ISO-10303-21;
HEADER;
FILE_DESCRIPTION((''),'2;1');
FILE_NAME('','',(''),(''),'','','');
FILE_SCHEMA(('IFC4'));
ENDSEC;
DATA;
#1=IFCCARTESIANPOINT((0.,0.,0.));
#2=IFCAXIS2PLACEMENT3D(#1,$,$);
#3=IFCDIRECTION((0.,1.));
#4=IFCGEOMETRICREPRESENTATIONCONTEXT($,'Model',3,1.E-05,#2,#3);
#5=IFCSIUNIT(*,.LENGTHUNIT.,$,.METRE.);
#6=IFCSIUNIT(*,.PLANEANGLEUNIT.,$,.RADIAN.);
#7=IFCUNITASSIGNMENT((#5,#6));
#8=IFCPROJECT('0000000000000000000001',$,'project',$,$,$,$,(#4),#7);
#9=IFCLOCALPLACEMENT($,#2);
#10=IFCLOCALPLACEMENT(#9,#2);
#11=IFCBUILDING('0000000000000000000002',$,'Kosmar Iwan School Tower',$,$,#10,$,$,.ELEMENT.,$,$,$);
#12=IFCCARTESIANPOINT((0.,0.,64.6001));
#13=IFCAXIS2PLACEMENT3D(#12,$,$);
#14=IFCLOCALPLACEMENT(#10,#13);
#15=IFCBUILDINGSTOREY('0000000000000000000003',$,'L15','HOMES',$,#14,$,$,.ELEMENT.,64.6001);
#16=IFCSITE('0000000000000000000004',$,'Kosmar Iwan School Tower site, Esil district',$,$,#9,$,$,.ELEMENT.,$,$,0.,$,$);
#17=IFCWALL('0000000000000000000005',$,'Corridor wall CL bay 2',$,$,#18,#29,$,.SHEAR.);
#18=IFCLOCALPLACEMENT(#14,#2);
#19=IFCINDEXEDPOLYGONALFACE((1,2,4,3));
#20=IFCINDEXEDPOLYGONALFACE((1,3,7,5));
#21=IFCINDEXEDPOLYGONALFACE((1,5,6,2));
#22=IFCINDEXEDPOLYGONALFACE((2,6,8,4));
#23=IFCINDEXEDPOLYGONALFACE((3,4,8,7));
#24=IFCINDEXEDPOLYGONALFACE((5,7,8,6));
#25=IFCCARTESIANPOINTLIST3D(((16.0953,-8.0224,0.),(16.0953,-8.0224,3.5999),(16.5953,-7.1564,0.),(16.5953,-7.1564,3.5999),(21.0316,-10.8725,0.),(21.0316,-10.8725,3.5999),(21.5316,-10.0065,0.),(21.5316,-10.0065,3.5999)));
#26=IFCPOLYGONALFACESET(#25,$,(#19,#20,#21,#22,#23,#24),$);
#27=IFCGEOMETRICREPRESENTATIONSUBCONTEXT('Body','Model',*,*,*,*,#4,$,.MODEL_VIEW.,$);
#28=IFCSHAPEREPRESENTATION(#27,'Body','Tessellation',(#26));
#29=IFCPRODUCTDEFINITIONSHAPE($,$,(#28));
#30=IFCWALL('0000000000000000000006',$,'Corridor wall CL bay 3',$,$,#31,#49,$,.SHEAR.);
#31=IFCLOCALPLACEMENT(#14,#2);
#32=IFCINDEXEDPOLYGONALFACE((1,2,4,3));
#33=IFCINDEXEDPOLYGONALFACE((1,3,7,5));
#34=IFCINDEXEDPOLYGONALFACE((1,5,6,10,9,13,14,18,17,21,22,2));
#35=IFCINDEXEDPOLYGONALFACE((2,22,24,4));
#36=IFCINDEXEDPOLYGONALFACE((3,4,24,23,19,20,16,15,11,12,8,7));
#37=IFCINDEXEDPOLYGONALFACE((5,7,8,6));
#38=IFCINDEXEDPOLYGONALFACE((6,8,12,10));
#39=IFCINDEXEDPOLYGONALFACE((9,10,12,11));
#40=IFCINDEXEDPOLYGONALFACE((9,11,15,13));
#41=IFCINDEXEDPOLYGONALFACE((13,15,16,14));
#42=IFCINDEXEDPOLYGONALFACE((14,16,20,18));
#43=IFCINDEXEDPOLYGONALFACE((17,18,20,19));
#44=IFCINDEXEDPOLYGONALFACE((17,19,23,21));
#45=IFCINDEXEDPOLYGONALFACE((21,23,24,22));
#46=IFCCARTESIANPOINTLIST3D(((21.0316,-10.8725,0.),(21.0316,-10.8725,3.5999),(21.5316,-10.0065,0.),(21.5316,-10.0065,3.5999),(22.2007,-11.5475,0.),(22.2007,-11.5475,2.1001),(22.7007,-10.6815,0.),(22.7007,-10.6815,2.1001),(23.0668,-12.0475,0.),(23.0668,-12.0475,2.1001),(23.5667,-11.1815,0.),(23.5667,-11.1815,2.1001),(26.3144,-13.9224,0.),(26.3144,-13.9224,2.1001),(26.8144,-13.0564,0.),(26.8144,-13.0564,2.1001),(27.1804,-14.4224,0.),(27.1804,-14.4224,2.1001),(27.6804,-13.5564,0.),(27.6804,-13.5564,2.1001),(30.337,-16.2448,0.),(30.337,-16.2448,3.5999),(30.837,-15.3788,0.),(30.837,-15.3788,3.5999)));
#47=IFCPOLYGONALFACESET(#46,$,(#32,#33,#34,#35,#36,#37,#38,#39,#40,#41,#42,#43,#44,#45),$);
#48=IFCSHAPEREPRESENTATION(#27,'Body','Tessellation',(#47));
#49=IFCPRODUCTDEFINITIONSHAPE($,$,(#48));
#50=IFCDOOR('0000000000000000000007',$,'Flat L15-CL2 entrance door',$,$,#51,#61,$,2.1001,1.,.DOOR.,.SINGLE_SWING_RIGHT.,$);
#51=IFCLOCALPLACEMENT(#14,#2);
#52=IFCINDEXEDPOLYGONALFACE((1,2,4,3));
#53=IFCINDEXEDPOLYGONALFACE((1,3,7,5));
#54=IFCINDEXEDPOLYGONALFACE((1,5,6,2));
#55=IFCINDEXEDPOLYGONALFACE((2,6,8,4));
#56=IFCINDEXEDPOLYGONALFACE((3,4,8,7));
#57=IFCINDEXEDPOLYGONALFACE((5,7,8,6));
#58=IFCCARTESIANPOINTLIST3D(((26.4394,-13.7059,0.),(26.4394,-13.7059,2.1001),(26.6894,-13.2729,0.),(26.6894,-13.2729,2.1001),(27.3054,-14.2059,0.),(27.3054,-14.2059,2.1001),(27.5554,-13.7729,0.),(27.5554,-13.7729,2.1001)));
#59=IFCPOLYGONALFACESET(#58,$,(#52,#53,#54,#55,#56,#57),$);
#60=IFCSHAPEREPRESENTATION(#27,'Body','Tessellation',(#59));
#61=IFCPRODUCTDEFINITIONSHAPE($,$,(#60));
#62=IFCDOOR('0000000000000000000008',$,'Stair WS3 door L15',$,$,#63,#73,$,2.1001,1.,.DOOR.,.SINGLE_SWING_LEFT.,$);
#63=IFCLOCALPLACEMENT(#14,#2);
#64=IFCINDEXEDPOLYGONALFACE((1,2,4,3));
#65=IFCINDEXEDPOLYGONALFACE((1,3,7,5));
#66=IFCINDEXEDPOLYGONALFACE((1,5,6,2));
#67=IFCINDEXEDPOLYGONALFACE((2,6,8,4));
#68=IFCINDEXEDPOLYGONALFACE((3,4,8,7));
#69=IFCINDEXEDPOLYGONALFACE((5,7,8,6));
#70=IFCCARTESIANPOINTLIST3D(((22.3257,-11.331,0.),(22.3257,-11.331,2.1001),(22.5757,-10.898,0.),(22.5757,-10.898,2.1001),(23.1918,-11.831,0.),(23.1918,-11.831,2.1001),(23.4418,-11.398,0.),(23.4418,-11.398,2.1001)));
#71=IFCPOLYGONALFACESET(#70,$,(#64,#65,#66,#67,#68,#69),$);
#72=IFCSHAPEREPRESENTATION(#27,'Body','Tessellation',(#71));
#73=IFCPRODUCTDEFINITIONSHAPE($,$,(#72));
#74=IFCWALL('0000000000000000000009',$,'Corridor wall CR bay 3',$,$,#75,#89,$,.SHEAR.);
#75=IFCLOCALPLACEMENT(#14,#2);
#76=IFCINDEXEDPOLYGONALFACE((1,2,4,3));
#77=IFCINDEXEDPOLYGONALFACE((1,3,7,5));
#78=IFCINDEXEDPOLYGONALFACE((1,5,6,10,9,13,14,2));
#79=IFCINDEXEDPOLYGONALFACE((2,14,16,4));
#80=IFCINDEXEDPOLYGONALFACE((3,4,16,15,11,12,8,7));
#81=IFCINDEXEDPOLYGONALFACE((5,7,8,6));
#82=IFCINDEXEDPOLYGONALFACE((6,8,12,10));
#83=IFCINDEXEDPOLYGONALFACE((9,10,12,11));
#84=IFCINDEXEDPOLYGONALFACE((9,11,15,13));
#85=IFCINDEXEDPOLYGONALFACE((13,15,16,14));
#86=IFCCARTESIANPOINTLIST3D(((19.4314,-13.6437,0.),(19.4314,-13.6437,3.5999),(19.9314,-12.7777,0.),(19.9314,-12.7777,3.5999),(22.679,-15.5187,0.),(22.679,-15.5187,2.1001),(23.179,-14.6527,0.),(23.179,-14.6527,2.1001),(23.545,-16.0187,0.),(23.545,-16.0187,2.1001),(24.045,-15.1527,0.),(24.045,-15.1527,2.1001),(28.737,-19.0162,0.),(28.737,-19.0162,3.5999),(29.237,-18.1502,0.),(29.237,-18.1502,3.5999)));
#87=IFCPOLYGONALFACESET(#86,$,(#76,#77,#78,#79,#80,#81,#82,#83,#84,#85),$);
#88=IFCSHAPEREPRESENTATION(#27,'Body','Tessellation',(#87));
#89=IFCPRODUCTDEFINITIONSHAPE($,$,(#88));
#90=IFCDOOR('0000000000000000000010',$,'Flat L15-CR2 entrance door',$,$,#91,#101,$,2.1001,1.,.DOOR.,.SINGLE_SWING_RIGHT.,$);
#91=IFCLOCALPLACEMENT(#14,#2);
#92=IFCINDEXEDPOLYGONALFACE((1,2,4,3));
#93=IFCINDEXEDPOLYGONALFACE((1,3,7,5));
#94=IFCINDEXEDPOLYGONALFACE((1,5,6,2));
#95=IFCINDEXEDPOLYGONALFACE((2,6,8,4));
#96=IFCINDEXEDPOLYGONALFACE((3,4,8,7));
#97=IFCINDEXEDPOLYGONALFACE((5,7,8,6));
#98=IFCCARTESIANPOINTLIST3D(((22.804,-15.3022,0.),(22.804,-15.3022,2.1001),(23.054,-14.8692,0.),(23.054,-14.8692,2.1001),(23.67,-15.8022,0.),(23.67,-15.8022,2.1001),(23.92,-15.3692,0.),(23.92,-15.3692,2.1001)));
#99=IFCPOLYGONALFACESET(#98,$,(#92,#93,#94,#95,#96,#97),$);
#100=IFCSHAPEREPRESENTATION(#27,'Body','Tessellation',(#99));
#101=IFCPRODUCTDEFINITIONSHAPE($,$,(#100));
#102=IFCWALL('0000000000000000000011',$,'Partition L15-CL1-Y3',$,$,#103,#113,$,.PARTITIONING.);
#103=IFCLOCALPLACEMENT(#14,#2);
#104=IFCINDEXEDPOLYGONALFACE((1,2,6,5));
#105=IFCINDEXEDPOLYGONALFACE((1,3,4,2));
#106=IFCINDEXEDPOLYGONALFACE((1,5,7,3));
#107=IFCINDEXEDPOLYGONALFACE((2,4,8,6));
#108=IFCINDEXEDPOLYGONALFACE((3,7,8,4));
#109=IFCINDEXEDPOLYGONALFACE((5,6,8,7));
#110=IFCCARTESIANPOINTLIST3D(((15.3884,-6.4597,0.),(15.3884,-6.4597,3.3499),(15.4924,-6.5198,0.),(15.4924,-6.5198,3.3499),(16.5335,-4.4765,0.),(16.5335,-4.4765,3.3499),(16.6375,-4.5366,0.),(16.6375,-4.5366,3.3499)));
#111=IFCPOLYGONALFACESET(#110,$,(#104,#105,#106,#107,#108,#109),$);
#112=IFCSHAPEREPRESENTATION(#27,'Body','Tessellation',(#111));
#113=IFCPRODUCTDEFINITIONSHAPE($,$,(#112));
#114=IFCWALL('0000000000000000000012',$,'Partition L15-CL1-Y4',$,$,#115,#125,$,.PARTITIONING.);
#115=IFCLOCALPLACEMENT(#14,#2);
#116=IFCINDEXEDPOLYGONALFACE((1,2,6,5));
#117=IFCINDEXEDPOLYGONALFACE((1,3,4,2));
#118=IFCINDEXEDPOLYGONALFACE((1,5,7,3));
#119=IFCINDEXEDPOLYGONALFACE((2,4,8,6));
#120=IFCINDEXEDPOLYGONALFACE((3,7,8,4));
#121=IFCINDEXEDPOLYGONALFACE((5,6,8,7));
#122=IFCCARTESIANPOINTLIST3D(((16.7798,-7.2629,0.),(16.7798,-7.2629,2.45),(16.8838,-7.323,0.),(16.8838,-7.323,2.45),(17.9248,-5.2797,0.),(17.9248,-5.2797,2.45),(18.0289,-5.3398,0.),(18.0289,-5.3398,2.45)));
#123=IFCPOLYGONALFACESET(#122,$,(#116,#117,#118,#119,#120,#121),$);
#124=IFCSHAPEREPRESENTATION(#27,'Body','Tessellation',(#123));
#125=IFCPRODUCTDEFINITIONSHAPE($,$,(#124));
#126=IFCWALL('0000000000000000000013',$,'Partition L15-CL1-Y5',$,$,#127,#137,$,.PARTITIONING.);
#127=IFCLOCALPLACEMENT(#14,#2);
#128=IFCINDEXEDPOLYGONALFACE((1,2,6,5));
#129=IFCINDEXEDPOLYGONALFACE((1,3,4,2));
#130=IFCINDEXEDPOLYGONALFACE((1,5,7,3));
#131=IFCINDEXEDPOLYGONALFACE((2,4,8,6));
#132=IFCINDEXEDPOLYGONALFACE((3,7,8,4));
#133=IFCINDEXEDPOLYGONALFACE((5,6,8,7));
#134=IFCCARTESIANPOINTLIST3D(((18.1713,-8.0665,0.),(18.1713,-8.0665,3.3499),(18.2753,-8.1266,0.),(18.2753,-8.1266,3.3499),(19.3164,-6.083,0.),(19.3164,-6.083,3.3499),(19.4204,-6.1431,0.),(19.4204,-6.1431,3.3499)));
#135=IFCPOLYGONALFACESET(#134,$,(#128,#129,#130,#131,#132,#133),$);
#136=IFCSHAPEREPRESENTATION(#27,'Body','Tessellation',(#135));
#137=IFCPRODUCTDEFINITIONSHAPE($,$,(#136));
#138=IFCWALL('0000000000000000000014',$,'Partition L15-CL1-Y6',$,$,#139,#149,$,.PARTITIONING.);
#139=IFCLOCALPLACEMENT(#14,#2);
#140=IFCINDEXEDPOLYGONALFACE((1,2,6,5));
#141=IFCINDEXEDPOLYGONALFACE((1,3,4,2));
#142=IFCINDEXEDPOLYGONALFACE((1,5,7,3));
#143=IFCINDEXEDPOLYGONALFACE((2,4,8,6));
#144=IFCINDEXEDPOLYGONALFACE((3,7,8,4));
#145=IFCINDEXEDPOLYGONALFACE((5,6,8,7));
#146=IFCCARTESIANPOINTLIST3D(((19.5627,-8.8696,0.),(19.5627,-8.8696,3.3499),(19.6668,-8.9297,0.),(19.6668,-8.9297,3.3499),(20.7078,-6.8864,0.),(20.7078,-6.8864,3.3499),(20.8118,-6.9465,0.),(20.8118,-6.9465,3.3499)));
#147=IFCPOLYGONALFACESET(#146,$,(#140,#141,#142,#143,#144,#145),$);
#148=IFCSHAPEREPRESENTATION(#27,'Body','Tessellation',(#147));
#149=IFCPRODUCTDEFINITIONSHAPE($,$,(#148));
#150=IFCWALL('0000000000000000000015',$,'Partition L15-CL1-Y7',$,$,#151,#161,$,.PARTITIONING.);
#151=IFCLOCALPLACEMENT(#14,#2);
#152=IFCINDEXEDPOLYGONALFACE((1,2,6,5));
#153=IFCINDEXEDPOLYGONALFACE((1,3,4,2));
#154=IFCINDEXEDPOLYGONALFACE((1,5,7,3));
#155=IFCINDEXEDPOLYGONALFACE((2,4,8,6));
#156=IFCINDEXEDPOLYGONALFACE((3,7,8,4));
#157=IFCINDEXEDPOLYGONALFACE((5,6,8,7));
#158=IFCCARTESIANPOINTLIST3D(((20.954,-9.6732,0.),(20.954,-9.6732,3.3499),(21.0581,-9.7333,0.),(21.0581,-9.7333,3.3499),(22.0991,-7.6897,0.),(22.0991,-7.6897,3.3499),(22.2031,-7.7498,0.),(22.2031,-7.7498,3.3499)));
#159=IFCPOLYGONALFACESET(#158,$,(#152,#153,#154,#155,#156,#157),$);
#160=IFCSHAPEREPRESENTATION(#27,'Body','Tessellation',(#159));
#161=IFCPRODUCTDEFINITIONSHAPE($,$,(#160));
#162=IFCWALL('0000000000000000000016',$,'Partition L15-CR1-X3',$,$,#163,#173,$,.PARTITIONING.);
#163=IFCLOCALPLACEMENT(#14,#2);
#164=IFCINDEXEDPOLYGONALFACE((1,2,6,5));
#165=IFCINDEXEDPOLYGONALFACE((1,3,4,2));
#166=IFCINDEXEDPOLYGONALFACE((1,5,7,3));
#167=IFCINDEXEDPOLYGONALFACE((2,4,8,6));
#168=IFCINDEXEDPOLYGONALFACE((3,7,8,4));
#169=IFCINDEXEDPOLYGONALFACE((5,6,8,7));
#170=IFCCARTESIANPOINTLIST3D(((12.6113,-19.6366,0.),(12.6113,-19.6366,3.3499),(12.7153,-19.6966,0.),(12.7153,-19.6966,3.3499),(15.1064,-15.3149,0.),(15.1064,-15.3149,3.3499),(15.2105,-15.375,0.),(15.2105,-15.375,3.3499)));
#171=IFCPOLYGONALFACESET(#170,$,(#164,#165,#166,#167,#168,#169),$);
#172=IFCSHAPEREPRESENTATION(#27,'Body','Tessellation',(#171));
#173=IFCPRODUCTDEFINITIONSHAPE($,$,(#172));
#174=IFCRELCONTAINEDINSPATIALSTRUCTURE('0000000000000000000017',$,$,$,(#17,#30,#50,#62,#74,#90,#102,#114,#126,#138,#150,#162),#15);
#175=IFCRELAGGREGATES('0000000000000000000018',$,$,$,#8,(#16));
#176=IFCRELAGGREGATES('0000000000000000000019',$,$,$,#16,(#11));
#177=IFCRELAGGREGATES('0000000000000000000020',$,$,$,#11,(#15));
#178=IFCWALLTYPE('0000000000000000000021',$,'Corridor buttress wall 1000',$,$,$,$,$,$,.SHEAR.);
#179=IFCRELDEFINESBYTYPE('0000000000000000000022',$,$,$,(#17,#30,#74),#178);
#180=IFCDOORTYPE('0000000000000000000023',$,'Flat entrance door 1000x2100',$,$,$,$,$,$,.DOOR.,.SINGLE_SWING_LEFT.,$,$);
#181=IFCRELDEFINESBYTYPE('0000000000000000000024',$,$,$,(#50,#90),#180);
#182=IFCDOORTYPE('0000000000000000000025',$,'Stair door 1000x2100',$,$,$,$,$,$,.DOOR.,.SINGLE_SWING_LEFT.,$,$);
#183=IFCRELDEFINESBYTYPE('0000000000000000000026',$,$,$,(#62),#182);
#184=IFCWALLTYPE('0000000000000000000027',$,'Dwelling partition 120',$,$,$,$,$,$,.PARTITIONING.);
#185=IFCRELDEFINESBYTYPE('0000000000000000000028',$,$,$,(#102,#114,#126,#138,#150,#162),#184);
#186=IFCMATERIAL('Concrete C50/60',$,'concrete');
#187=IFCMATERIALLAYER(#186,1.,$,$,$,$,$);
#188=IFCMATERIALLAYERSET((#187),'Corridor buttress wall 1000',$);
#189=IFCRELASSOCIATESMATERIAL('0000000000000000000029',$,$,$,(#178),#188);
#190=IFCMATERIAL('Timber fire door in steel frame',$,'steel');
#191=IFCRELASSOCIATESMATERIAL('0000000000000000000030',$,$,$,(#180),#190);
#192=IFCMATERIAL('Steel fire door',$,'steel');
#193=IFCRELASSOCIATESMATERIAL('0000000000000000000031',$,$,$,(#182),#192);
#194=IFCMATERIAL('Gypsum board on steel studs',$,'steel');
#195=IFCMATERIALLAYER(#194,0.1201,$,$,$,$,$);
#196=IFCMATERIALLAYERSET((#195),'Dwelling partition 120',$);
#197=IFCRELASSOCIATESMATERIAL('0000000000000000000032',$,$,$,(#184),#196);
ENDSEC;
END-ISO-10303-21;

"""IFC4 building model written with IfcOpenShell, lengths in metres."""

from ifc_helpers import new_model, si_unit, direction, frame, frame_2d, origin, place, context, subcontext, project, spatial, rectangle, extrude, material, layer, layer_set, type_object, element, fill, save


model = new_model("IFC4")

# Units and contexts
model_context = context("Model", 3, precision=1e-05, world=origin(), true_north=direction((0.0, 1.0)))
body_context = subcontext(model_context, "Body", "Model", "MODEL_VIEW")
ifc_project = project(units=[si_unit("LENGTHUNIT", "METRE"), si_unit("PLANEANGLEUNIT", "RADIAN")], contexts=[model_context])

# Site, building, storey
site_placement = place(None, origin())
site = spatial("IfcSite", under=ifc_project, at=site_placement, Name="Kosmar Iwan School Tower site, Esil district", CompositionType="ELEMENT", RefElevation=0.0)
building_placement = place(site_placement, origin())
building = spatial("IfcBuilding", under=site, at=building_placement, Name="Kosmar Iwan School Tower", CompositionType="ELEMENT")
storey_placement = place(building_placement, frame((0.0, 0.0, 64.6001)))
storey = spatial("IfcBuildingStorey", under=building, at=storey_placement, Name="L15", Description="HOMES", CompositionType="ELEMENT", Elevation=64.6001)

# Wall
ifc_material_1 = material(Name="Concrete C50/60", Category="concrete")
ifc_layer_1 = layer(ifc_material_1, 1.0)
ifc_layer_set_1 = layer_set([ifc_layer_1], Name="Corridor buttress wall 1000")
wall_type_1 = type_object("IfcWallType", Name="Corridor buttress wall 1000", PredefinedType="SHEAR", material=ifc_layer_set_1)
wall_1_placement = place(storey_placement, frame((16.3452, -7.5894, 0.0), z_axis=(0.0, 0.0, 1.0), x_axis=(0.866015, -0.500018, 0.0)))
element("IfcWall", 1, at=wall_1_placement, inside=storey, type_object=wall_type_1, Name="Corridor wall CL bay 2", PredefinedType="SHEAR", context=body_context, shape_type="SweptSolid", body=[
    extrude(rectangle(XDim=5.7, YDim=1.0, at=frame_2d((2.8501, 0.0))), origin(), (0.0, 0.0, 1.0), 3.5999),
])

# Wall, openings, doors
wall_2_placement = place(storey_placement, frame((21.2815, -10.4395, 0.0), z_axis=(0.0, 0.0, 1.0), x_axis=(0.866032, -0.499988, 0.0)))
wall_2 = element("IfcWall", 2, at=wall_2_placement, inside=storey, type_object=wall_type_1, Name="Corridor wall CL bay 3", PredefinedType="SHEAR", context=body_context, shape_type="SweptSolid", body=[
    extrude(rectangle(XDim=10.7449, YDim=1.0, at=frame_2d((5.3726, 0.0))), origin(), (0.0, 0.0, 1.0), 3.5999),
])
opening_1_placement = place(wall_2_placement, frame((6.1001, 0.0, 0.0)))
opening_1 = element("IfcOpeningElement", 3, at=opening_1_placement, cuts=wall_2, PredefinedType="OPENING", context=body_context, shape_type="SweptSolid", body=[
    extrude(rectangle(XDim=1.0, YDim=2.1001, at=frame_2d((0.5, 1.05))), frame((0.0, 0.512, 0.0), z_axis=(0.0, -1.0, 0.0), x_axis=(1.0, 0.0, 0.0)), (0.0, 0.0, 1.0), 1.0239),
])
opening_2_placement = place(wall_2_placement, frame((1.3501, 0.0, 0.0)))
opening_2 = element("IfcOpeningElement", 4, at=opening_2_placement, cuts=wall_2, PredefinedType="OPENING", context=body_context, shape_type="SweptSolid", body=[
    extrude(rectangle(XDim=1.0, YDim=2.1001, at=frame_2d((0.5, 1.05))), frame((0.0, 0.512, 0.0), z_axis=(0.0, -1.0, 0.0), x_axis=(1.0, 0.0, 0.0)), (0.0, 0.0, 1.0), 1.0239),
])
ifc_material_2 = material(Name="Timber fire door in steel frame", Category="steel")
door_type_1 = type_object("IfcDoorType", Name="Flat entrance door 1000x2100", OperationType="SINGLE_SWING_LEFT", PredefinedType="DOOR", material=ifc_material_2)
door_1_placement = place(opening_1_placement, origin())
door_1 = element("IfcDoor", 5, at=door_1_placement, inside=storey, type_object=door_type_1, Name="Flat L15-CL2 entrance door", OperationType="SINGLE_SWING_RIGHT", OverallHeight=2.1001, OverallWidth=1.0, PredefinedType="DOOR", context=body_context, shape_type="SweptSolid", body=[
    extrude(rectangle(XDim=1.0, YDim=2.1001, at=frame_2d((0.5, 1.05))), frame((0.0, 0.25, 0.0), z_axis=(0.0, -1.0, 0.0), x_axis=(1.0, 0.0, 0.0)), (0.0, 0.0, 1.0), 0.5),
])
fill(opening_1, door_1)
ifc_material_3 = material(Name="Steel fire door", Category="steel")
door_type_2 = type_object("IfcDoorType", Name="Stair door 1000x2100", OperationType="SINGLE_SWING_LEFT", PredefinedType="DOOR", material=ifc_material_3)
door_2_placement = place(opening_2_placement, origin())
door_2 = element("IfcDoor", 6, at=door_2_placement, inside=storey, type_object=door_type_2, Name="Stair WS3 door L15", OperationType="SINGLE_SWING_LEFT", OverallHeight=2.1001, OverallWidth=1.0, PredefinedType="DOOR", context=body_context, shape_type="SweptSolid", body=[
    extrude(rectangle(XDim=1.0, YDim=2.1001, at=frame_2d((0.5, 1.05))), frame((0.0, 0.25, 0.0), z_axis=(0.0, -1.0, 0.0), x_axis=(1.0, 0.0, 0.0)), (0.0, 0.0, 1.0), 0.5),
])
fill(opening_2, door_2)

# Wall, opening, door
wall_3_placement = place(storey_placement, frame((19.6814, -13.2107, 0.0), z_axis=(0.0, 0.0, 1.0), x_axis=(0.866028, -0.499995, 0.0)))
wall_3 = element("IfcWall", 7, at=wall_3_placement, inside=storey, type_object=wall_type_1, Name="Corridor wall CR bay 3", PredefinedType="SHEAR", context=body_context, shape_type="SweptSolid", body=[
    extrude(rectangle(XDim=10.7451, YDim=1.0, at=frame_2d((5.3726, 0.0))), origin(), (0.0, 0.0, 1.0), 3.5999),
])
opening_3_placement = place(wall_3_placement, frame((3.75, 0.0, 0.0)))
opening_3 = element("IfcOpeningElement", 8, at=opening_3_placement, cuts=wall_3, PredefinedType="OPENING", context=body_context, shape_type="SweptSolid", body=[
    extrude(rectangle(XDim=1.0, YDim=2.1001, at=frame_2d((0.5, 1.05))), frame((0.0, 0.512, 0.0), z_axis=(0.0, -1.0, 0.0), x_axis=(1.0, 0.0, 0.0)), (0.0, 0.0, 1.0), 1.0239),
])
door_3_placement = place(opening_3_placement, origin())
door_3 = element("IfcDoor", 9, at=door_3_placement, inside=storey, type_object=door_type_1, Name="Flat L15-CR2 entrance door", OperationType="SINGLE_SWING_RIGHT", OverallHeight=2.1001, OverallWidth=1.0, PredefinedType="DOOR", context=body_context, shape_type="SweptSolid", body=[
    extrude(rectangle(XDim=1.0, YDim=2.1001, at=frame_2d((0.5, 1.05))), frame((0.0, 0.25, 0.0), z_axis=(0.0, -1.0, 0.0), x_axis=(1.0, 0.0, 0.0)), (0.0, 0.0, 1.0), 0.5),
])
fill(opening_3, door_3)

# Walls
ifc_material_4 = material(Name="Gypsum board on steel studs", Category="steel")
ifc_layer_2 = layer(ifc_material_4, 0.1201)
ifc_layer_set_2 = layer_set([ifc_layer_2], Name="Dwelling partition 120")
wall_type_2 = type_object("IfcWallType", Name="Dwelling partition 120", PredefinedType="PARTITIONING", material=ifc_layer_set_2)
wall_4_placement = place(storey_placement, frame((15.4404, -6.4897, 0.0), z_axis=(0.0, 0.0, 1.0), x_axis=(0.500015, 0.866017, 0.0)))
element("IfcWall", 10, at=wall_4_placement, inside=storey, type_object=wall_type_2, Name="Partition L15-CL1-Y3", PredefinedType="PARTITIONING", context=body_context, shape_type="SweptSolid", body=[
    extrude(rectangle(XDim=2.29, YDim=0.1201, at=frame_2d((1.145, 0.0))), origin(), (0.0, 0.0, 1.0), 3.3499),
])
wall_5_placement = place(storey_placement, frame((16.8318, -7.293, 0.0), z_axis=(0.0, 0.0, 1.0), x_axis=(0.500015, 0.866017, 0.0)))
element("IfcWall", 11, at=wall_5_placement, inside=storey, type_object=wall_type_2, Name="Partition L15-CL1-Y4", PredefinedType="PARTITIONING", context=body_context, shape_type="SweptSolid", body=[
    extrude(rectangle(XDim=2.29, YDim=0.1201, at=frame_2d((1.145, 0.0))), origin(), (0.0, 0.0, 1.0), 2.45),
])
wall_6_placement = place(storey_placement, frame((18.2234, -8.0964, 0.0), z_axis=(0.0, 0.0, 1.0), x_axis=(0.499969, 0.866044, 0.0)))
element("IfcWall", 12, at=wall_6_placement, inside=storey, type_object=wall_type_2, Name="Partition L15-CL1-Y5", PredefinedType="PARTITIONING", context=body_context, shape_type="SweptSolid", body=[
    extrude(rectangle(XDim=2.2903, YDim=0.1201, at=frame_2d((1.145, 0.0))), origin(), (0.0, 0.0, 1.0), 3.3499),
])
wall_7_placement = place(storey_placement, frame((19.6147, -8.8997, 0.0), z_axis=(0.0, 0.0, 1.0), x_axis=(0.500015, 0.866017, 0.0)))
element("IfcWall", 13, at=wall_7_placement, inside=storey, type_object=wall_type_2, Name="Partition L15-CL1-Y6", PredefinedType="PARTITIONING", context=body_context, shape_type="SweptSolid", body=[
    extrude(rectangle(XDim=2.29, YDim=0.1201, at=frame_2d((1.145, 0.0))), origin(), (0.0, 0.0, 1.0), 3.3499),
])
wall_8_placement = place(storey_placement, frame((21.0061, -9.7031, 0.0), z_axis=(0.0, 0.0, 1.0), x_axis=(0.499969, 0.866044, 0.0)))
element("IfcWall", 14, at=wall_8_placement, inside=storey, type_object=wall_type_2, Name="Partition L15-CL1-Y7", PredefinedType="PARTITIONING", context=body_context, shape_type="SweptSolid", body=[
    extrude(rectangle(XDim=2.2903, YDim=0.1201, at=frame_2d((1.145, 0.0))), origin(), (0.0, 0.0, 1.0), 3.3499),
])
wall_9_placement = place(storey_placement, frame((15.1584, -15.345, 0.0), z_axis=(0.0, 0.0, 1.0), x_axis=(-0.500012, -0.866019, 0.0)))
element("IfcWall", 15, at=wall_9_placement, inside=storey, type_object=wall_type_2, Name="Partition L15-CR1-X3", PredefinedType="PARTITIONING", context=body_context, shape_type="SweptSolid", body=[
    extrude(rectangle(XDim=4.9902, YDim=0.1201, at=frame_2d((2.4951, 0.0))), origin(), (0.0, 0.0, 1.0), 3.3499),
])

save(model, "model.ifc")
